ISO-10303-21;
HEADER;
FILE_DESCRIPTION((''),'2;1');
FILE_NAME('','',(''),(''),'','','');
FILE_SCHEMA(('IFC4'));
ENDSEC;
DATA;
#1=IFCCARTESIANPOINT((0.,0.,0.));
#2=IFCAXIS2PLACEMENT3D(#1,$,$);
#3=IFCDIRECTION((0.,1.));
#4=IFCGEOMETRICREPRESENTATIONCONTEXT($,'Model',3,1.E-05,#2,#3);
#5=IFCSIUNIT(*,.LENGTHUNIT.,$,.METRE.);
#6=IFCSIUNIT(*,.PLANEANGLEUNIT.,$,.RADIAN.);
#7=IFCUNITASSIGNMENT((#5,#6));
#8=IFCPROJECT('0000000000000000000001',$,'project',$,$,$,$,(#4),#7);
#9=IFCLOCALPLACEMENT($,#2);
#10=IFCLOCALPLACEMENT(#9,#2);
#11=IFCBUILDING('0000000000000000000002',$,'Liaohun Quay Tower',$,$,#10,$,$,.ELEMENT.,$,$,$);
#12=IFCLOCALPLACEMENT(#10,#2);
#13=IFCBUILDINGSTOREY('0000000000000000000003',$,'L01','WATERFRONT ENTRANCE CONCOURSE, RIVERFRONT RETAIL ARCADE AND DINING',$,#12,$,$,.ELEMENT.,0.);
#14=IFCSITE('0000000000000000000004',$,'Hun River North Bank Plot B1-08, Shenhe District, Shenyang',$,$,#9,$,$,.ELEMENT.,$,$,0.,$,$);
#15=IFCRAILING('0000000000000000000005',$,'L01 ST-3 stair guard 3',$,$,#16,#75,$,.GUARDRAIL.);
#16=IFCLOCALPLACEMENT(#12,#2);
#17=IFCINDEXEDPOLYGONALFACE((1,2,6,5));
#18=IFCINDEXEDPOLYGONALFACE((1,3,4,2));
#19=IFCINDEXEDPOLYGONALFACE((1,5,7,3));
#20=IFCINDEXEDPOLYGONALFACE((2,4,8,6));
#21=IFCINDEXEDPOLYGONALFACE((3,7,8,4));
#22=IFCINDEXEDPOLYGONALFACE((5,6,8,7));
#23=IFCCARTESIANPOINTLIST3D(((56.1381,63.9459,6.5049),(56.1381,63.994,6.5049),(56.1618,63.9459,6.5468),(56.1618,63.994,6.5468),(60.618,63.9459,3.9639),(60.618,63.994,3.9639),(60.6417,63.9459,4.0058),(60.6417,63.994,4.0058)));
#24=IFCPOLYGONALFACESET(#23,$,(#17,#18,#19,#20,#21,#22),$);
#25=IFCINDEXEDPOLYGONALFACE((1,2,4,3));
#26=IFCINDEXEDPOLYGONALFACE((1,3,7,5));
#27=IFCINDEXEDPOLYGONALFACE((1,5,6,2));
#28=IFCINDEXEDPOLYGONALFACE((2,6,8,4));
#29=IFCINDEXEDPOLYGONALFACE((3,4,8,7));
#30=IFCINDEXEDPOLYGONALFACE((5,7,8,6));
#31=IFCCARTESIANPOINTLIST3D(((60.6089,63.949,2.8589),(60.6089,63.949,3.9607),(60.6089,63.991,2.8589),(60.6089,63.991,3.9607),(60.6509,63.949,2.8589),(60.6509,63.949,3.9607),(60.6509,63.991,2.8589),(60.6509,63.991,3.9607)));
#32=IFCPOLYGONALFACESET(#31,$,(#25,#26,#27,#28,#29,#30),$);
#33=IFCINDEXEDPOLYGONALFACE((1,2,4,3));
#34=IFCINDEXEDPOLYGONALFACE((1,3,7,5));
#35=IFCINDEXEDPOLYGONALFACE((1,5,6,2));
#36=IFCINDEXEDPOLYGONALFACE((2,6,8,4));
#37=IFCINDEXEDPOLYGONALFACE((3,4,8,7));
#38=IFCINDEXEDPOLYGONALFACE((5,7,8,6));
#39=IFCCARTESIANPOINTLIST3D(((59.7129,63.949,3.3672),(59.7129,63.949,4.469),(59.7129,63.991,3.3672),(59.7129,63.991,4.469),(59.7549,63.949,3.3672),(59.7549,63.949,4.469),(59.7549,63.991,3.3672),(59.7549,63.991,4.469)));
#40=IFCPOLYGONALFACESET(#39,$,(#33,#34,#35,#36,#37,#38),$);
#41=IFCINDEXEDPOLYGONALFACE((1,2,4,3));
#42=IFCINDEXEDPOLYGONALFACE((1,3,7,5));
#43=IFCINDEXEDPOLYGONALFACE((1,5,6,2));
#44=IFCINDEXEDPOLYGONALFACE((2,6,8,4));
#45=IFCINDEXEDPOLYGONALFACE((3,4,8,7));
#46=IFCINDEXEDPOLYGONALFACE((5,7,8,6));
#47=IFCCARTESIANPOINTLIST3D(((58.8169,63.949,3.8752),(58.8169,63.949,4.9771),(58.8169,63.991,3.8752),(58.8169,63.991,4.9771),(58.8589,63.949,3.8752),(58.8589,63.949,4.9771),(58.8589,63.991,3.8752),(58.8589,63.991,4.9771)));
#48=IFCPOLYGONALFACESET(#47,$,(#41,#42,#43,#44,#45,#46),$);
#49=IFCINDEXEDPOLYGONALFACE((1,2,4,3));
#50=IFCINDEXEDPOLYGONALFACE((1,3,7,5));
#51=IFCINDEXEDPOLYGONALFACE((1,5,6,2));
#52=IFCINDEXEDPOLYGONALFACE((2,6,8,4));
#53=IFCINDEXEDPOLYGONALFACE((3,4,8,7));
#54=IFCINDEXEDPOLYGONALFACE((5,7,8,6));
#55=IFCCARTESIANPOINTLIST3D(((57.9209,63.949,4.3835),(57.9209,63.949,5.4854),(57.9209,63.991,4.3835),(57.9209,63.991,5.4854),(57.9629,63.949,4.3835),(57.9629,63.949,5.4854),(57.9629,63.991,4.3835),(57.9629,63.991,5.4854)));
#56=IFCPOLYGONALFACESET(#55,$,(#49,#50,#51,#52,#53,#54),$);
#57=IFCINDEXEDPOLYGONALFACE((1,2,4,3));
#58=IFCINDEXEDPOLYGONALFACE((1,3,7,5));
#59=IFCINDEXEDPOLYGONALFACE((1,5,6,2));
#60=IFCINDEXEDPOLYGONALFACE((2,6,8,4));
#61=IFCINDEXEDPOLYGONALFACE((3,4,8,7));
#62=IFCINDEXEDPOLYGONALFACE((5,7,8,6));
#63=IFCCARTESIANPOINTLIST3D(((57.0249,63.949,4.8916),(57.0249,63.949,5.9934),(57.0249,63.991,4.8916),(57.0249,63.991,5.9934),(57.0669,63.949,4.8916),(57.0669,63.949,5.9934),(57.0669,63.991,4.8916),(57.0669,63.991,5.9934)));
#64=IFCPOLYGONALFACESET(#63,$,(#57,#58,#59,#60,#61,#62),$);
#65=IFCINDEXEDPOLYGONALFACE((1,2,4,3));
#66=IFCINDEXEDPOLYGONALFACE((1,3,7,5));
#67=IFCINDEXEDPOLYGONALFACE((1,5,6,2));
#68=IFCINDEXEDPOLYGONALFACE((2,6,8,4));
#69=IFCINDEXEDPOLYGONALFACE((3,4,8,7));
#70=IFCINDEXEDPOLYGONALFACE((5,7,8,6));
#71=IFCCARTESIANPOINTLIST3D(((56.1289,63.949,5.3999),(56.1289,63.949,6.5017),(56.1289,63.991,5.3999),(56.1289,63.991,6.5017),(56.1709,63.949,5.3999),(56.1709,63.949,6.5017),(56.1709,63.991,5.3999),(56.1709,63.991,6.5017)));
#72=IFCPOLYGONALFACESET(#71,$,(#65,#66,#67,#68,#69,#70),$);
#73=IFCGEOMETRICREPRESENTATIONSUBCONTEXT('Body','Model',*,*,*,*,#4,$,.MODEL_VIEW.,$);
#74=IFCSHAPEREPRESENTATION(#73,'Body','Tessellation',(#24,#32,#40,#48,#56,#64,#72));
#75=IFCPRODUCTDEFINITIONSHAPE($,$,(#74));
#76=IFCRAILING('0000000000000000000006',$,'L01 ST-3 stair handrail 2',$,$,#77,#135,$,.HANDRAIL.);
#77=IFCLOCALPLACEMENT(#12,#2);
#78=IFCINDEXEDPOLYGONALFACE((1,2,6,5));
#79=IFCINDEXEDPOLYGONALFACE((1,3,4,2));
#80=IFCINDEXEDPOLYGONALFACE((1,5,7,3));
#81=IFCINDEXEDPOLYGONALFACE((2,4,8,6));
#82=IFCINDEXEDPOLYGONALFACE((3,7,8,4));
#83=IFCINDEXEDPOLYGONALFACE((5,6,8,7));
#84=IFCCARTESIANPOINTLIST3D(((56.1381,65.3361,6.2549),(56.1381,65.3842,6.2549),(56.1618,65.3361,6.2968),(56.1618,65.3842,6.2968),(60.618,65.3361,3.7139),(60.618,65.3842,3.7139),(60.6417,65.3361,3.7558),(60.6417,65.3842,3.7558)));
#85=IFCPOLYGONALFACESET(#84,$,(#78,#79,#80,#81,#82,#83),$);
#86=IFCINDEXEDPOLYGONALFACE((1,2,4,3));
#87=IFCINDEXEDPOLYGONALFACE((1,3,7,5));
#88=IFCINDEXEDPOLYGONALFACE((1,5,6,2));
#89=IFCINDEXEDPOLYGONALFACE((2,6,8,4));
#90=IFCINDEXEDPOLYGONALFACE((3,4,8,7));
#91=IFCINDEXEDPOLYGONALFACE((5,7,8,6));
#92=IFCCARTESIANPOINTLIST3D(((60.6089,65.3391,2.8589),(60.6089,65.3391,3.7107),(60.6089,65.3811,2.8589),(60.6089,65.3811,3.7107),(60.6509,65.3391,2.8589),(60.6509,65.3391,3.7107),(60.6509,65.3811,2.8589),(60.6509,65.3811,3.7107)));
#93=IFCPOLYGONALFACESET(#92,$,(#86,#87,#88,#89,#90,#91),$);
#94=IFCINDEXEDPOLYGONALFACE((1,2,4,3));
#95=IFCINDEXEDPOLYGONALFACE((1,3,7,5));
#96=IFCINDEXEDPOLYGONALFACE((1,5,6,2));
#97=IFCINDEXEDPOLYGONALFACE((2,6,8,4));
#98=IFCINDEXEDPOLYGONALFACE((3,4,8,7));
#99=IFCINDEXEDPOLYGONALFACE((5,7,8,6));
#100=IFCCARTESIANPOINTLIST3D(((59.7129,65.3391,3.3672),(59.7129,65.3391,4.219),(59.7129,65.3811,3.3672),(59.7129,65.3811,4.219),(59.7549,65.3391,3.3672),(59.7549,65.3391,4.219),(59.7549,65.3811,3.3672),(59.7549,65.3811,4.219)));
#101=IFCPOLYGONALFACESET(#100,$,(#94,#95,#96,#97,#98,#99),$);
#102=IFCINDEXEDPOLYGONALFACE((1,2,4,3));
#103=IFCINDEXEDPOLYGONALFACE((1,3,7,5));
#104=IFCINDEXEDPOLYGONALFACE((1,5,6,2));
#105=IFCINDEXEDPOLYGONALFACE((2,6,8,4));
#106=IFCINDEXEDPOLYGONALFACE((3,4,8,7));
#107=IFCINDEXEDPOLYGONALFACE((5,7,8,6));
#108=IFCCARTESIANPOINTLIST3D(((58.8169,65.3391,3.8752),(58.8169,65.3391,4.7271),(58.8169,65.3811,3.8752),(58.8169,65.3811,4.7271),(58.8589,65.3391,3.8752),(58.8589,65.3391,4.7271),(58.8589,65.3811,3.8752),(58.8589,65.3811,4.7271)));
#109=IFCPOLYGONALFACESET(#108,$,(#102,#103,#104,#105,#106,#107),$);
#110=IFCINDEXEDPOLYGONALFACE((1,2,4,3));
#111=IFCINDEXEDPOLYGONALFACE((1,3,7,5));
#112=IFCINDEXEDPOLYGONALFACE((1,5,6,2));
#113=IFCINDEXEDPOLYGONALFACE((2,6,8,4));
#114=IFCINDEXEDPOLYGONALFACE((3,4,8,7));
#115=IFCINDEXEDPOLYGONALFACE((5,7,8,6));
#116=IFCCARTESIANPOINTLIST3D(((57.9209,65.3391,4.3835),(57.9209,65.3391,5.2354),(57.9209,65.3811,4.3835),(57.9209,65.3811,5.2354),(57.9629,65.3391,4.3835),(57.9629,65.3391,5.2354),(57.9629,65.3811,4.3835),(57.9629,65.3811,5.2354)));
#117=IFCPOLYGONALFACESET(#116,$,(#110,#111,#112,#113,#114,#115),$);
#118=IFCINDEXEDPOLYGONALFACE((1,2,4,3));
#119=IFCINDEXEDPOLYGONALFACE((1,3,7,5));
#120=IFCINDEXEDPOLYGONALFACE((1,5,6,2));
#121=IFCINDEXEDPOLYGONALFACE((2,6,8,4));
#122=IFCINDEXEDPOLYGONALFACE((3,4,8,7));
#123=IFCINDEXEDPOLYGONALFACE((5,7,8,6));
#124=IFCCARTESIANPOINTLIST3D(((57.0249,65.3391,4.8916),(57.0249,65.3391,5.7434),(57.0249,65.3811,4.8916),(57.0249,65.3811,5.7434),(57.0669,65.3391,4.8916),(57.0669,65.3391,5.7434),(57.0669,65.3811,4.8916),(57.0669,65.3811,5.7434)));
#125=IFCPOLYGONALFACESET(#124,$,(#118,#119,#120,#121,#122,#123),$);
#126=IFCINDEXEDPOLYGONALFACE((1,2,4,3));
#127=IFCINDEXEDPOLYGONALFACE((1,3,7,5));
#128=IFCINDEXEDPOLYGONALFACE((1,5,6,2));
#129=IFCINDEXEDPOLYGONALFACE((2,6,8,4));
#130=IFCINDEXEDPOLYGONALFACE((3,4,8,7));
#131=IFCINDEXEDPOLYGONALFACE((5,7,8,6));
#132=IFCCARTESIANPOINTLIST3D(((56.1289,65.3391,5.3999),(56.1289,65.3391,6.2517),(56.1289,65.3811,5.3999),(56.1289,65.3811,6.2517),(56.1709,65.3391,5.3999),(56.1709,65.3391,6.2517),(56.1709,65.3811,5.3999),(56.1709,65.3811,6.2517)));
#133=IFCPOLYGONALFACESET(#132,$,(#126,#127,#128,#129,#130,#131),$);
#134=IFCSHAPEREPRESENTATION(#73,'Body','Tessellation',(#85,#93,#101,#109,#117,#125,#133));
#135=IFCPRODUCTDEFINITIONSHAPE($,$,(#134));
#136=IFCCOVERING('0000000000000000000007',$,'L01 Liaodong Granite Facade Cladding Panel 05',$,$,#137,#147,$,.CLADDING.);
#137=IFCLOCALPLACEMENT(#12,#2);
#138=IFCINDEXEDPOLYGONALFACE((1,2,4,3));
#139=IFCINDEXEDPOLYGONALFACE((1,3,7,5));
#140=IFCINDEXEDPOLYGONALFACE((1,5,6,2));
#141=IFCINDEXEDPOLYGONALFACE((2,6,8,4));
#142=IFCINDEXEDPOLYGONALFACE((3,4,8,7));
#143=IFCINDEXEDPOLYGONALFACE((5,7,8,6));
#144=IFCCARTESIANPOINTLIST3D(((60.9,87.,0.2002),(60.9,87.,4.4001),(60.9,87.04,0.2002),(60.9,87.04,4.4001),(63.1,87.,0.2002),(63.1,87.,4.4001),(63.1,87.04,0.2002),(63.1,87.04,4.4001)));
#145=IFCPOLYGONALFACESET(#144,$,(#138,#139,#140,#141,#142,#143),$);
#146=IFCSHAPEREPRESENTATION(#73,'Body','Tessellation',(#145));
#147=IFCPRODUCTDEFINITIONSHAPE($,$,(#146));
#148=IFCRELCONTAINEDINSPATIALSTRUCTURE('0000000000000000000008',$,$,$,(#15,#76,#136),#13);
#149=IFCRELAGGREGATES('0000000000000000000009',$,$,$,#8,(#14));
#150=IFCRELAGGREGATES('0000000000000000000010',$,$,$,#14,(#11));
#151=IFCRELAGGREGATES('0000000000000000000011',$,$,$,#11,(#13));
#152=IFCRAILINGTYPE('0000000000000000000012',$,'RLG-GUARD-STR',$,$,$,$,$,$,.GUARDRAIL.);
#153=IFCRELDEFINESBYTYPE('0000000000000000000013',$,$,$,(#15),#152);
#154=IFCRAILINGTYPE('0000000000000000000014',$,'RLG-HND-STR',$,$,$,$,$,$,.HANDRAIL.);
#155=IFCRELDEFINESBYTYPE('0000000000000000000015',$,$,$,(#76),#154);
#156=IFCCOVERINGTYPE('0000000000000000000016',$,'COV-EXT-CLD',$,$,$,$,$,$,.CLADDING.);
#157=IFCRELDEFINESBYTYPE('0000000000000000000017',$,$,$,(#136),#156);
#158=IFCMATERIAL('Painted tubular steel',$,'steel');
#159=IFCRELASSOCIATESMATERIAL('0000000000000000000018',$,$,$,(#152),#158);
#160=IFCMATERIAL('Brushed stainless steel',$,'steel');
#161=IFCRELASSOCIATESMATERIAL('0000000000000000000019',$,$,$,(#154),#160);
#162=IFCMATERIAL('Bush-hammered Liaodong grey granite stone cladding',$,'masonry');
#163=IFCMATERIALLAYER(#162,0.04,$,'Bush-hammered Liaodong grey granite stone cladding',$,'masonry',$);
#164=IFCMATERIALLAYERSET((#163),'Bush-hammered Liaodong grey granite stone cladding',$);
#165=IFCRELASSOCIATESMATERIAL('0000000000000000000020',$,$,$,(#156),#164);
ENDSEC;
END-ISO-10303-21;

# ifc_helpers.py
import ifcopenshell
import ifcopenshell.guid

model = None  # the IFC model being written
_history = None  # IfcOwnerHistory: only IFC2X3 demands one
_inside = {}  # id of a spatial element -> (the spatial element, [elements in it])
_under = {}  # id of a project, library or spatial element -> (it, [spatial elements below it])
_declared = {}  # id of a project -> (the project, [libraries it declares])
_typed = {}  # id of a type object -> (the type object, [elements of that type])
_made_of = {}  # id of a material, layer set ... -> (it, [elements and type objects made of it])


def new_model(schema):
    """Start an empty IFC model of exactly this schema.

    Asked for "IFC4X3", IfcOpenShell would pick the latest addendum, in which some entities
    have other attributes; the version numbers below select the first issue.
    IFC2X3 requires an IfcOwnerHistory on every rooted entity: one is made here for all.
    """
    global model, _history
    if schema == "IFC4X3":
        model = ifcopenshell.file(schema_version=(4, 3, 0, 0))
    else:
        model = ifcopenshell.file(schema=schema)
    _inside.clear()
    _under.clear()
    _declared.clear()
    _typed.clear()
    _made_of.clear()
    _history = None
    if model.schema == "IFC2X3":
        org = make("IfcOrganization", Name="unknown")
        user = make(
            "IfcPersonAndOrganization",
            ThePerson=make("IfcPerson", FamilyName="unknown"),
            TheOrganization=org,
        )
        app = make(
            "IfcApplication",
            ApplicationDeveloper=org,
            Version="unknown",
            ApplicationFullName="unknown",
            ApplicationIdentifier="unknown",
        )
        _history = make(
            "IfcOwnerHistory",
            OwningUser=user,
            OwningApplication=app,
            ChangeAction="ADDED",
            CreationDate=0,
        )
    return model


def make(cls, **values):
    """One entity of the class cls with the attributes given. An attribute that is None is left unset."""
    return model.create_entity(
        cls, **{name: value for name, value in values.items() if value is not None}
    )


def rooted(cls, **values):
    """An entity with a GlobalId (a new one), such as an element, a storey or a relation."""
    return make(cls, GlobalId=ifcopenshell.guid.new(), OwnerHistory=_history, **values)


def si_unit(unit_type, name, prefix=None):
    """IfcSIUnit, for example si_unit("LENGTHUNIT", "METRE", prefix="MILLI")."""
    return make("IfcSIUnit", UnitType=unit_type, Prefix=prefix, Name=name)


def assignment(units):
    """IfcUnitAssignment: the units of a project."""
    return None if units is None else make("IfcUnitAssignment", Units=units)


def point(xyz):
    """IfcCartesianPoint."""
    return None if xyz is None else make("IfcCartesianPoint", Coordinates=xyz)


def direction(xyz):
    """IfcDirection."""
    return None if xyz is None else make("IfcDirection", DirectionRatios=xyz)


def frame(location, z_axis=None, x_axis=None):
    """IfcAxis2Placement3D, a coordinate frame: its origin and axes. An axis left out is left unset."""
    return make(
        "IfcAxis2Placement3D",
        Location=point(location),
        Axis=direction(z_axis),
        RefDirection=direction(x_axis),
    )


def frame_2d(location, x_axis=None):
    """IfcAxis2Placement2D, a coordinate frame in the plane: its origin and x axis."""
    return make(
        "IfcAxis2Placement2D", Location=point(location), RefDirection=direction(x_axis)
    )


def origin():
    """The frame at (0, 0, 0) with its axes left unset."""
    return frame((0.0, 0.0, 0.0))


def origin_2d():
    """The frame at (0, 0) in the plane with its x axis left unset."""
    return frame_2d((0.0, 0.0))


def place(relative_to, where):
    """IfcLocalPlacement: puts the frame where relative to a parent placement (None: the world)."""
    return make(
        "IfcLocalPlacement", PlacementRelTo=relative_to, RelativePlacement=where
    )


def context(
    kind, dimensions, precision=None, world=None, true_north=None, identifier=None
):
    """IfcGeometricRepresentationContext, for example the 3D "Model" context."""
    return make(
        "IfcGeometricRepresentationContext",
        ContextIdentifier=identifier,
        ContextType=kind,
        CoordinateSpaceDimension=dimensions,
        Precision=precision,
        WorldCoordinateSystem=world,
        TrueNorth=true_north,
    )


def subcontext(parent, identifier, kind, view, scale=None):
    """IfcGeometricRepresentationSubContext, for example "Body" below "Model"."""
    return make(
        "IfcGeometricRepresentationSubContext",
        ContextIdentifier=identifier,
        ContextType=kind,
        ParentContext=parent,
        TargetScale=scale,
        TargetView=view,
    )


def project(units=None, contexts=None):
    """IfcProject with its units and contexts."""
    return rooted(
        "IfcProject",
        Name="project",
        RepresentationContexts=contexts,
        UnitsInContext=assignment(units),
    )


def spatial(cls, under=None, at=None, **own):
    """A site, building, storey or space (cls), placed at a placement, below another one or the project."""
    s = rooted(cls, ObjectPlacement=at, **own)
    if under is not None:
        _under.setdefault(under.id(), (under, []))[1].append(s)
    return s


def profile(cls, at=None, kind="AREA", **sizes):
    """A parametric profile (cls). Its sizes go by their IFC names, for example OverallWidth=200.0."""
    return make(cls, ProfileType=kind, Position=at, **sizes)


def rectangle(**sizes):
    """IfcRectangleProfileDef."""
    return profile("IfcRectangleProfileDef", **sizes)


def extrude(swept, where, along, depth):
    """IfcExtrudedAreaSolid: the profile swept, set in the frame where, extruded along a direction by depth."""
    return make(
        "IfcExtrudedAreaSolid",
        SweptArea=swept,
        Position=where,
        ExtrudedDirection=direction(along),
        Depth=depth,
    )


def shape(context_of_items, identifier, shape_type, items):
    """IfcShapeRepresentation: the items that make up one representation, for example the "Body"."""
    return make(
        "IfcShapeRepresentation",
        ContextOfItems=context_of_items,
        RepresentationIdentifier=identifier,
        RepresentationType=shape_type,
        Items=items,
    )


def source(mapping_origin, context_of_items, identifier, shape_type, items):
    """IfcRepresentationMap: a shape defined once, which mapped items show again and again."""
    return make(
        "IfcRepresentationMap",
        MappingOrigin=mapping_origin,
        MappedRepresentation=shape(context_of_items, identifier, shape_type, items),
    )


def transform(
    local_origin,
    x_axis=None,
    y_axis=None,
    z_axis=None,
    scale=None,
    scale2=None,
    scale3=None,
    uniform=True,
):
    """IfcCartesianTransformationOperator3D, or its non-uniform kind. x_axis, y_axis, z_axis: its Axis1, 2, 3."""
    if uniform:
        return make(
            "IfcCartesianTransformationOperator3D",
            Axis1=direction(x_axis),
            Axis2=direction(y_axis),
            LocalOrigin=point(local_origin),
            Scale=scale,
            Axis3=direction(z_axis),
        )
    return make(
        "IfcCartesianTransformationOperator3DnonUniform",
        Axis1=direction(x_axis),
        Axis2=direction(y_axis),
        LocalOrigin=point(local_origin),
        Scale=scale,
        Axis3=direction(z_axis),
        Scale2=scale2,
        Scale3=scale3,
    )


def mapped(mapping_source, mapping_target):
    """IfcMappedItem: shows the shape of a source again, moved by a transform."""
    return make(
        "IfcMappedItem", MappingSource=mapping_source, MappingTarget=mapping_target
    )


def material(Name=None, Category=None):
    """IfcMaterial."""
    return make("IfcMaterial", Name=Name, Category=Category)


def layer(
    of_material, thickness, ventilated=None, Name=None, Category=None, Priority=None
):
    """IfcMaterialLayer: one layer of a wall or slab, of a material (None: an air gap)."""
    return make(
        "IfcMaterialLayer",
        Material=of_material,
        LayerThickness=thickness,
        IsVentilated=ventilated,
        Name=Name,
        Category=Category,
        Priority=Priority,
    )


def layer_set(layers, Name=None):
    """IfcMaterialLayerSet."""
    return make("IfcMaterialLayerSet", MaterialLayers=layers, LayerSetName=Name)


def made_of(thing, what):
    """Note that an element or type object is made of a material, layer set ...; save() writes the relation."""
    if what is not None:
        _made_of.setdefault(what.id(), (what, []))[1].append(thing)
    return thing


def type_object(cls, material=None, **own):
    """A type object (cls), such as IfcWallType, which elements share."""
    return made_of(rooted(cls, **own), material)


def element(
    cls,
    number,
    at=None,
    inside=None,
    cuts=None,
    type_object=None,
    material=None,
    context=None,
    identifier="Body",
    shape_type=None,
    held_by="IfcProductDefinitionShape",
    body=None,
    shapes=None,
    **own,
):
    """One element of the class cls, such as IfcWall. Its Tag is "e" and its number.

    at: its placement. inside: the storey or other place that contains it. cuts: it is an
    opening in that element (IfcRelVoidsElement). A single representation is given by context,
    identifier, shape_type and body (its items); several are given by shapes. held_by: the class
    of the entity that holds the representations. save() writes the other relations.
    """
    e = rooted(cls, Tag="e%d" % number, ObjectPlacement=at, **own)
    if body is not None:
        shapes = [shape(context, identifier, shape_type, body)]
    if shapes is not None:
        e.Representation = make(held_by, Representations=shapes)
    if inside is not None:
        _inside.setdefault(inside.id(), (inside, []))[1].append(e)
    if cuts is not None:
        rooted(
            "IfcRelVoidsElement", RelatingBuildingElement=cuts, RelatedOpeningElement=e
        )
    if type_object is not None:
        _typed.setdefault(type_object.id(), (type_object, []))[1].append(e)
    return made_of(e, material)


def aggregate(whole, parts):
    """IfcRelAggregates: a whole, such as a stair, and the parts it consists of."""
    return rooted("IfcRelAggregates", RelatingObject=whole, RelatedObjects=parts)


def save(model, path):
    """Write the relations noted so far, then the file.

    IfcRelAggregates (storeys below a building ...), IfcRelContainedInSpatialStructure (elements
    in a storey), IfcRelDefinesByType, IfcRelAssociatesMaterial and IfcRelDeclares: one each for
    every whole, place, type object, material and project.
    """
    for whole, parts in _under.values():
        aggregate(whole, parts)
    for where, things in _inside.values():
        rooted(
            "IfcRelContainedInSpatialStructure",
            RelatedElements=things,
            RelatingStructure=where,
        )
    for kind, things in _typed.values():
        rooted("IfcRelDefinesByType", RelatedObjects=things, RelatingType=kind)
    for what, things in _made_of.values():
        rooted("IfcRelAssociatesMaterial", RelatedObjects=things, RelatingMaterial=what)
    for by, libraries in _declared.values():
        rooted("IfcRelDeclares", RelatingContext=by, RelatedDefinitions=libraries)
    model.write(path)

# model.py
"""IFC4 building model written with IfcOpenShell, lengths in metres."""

from ifc_helpers import new_model, si_unit, direction, frame, origin, origin_2d, place, context, subcontext, project, spatial, rectangle, extrude, source, transform, mapped, material, layer, layer_set, type_object, element, save


model = new_model("IFC4")

# Units and contexts
model_context = context("Model", 3, precision=1e-05, world=origin(), true_north=direction((0.0, 1.0)))
body_context = subcontext(model_context, "Body", "Model", "MODEL_VIEW")
ifc_project = project(units=[si_unit("LENGTHUNIT", "METRE"), si_unit("PLANEANGLEUNIT", "RADIAN")], contexts=[model_context])

# Site, building, storey
site_placement = place(None, origin())
site = spatial("IfcSite", under=ifc_project, at=site_placement, Name="Hun River North Bank Plot B1-08, Shenhe District, Shenyang", CompositionType="ELEMENT", RefElevation=0.0)
building_placement = place(site_placement, origin())
building = spatial("IfcBuilding", under=site, at=building_placement, Name="Liaohun Quay Tower", CompositionType="ELEMENT")
storey_placement = place(building_placement, origin())
storey = spatial("IfcBuildingStorey", under=building, at=storey_placement, Name="L01", Description="WATERFRONT ENTRANCE CONCOURSE, RIVERFRONT RETAIL ARCADE AND DINING", CompositionType="ELEMENT", Elevation=0.0)

# Railings
ifc_material_1 = material(Name="Painted tubular steel", Category="steel")
railing_type_1 = type_object("IfcRailingType", Name="RLG-GUARD-STR", PredefinedType="GUARDRAIL", material=ifc_material_1)
railing_1_placement = place(storey_placement, frame((60.6299, 63.97, 2.8589)))
element("IfcRailing", 1, at=railing_1_placement, inside=storey, type_object=railing_type_1, Name="L01 ST-3 stair guard 3", PredefinedType="GUARDRAIL", context=body_context, shape_type="SweptSolid", body=[
    extrude(rectangle(XDim=0.0481, YDim=0.0481, at=origin_2d()), frame((0.0, 0.0, 1.126), z_axis=(-0.869826, 0.0, 0.493359), x_axis=(0.0, -1.0, 0.0)), (0.0, 0.0, 1.0), 5.1504),
    extrude(rectangle(XDim=0.042, YDim=0.042, at=origin_2d()), origin(), (0.0, 0.0, 1.0), 1.1018),
    extrude(rectangle(XDim=0.042, YDim=0.042, at=origin_2d()), frame((-0.896, 0.0, 0.5083)), (0.0, 0.0, 1.0), 1.1018),
    extrude(rectangle(XDim=0.042, YDim=0.042, at=origin_2d()), frame((-1.792, 0.0, 1.0164)), (0.0, 0.0, 1.0), 1.1018),
    extrude(rectangle(XDim=0.042, YDim=0.042, at=origin_2d()), frame((-2.688, 0.0, 1.5247)), (0.0, 0.0, 1.0), 1.1018),
    extrude(rectangle(XDim=0.042, YDim=0.042, at=origin_2d()), frame((-3.584, 0.0, 2.0327)), (0.0, 0.0, 1.0), 1.1018),
    extrude(rectangle(XDim=0.042, YDim=0.042, at=origin_2d()), frame((-4.48, 0.0, 2.541)), (0.0, 0.0, 1.0), 1.1018),
])
ifc_material_2 = material(Name="Brushed stainless steel", Category="steel")
railing_type_2 = type_object("IfcRailingType", Name="RLG-HND-STR", PredefinedType="HANDRAIL", material=ifc_material_2)
railing_2_placement = place(storey_placement, frame((60.6299, 65.3601, 2.8589)))
element("IfcRailing", 2, at=railing_2_placement, inside=storey, type_object=railing_type_2, Name="L01 ST-3 stair handrail 2", PredefinedType="HANDRAIL", context=body_context, shape_type="SweptSolid", body=[
    extrude(rectangle(XDim=0.0481, YDim=0.0481, at=origin_2d()), frame((0.0, 0.0, 0.876), z_axis=(-0.869826, 0.0, 0.493359), x_axis=(0.0, -1.0, 0.0)), (0.0, 0.0, 1.0), 5.1504),
    extrude(rectangle(XDim=0.042, YDim=0.042, at=origin_2d()), origin(), (0.0, 0.0, 1.0), 0.8518),
    extrude(rectangle(XDim=0.042, YDim=0.042, at=origin_2d()), frame((-0.896, 0.0, 0.5083)), (0.0, 0.0, 1.0), 0.8518),
    extrude(rectangle(XDim=0.042, YDim=0.042, at=origin_2d()), frame((-1.792, 0.0, 1.0164)), (0.0, 0.0, 1.0), 0.8518),
    extrude(rectangle(XDim=0.042, YDim=0.042, at=origin_2d()), frame((-2.688, 0.0, 1.5247)), (0.0, 0.0, 1.0), 0.8518),
    extrude(rectangle(XDim=0.042, YDim=0.042, at=origin_2d()), frame((-3.584, 0.0, 2.0327)), (0.0, 0.0, 1.0), 0.8518),
    extrude(rectangle(XDim=0.042, YDim=0.042, at=origin_2d()), frame((-4.48, 0.0, 2.541)), (0.0, 0.0, 1.0), 0.8518),
])

# Covering
ifc_material_3 = material(Name="Bush-hammered Liaodong grey granite stone cladding", Category="masonry")
ifc_layer_1 = layer(ifc_material_3, 0.04, Name="Bush-hammered Liaodong grey granite stone cladding", Category="masonry")
ifc_layer_set_1 = layer_set([ifc_layer_1], Name="Bush-hammered Liaodong grey granite stone cladding")
covering_type = type_object("IfcCoveringType", Name="COV-EXT-CLD", PredefinedType="CLADDING", material=ifc_layer_set_1)
shared_shape_1 = source(origin(), body_context, "Body", "SweptSolid", [
    extrude(rectangle(XDim=2.2, YDim=0.04, at=origin_2d()), origin(), (0.0, 0.0, 1.0), 4.2),
])
covering_placement = place(storey_placement, frame((62.0, 87.02, 0.2002), z_axis=(0.0, 0.0, 1.0), x_axis=(1.0, 0.0, 0.0)))
element("IfcCovering", 3, at=covering_placement, inside=storey, type_object=covering_type, Name="L01 Liaodong Granite Facade Cladding Panel 05", PredefinedType="CLADDING", context=body_context, shape_type="MappedRepresentation", body=[
    mapped(shared_shape_1, transform((0.0, 0.0, 0.0), x_axis=(1.0, 0.0, 0.0), y_axis=(0.0, 1.0, 0.0), z_axis=(0.0, 0.0, 1.0), scale=1.0)),
])

save(model, "model.ifc")
